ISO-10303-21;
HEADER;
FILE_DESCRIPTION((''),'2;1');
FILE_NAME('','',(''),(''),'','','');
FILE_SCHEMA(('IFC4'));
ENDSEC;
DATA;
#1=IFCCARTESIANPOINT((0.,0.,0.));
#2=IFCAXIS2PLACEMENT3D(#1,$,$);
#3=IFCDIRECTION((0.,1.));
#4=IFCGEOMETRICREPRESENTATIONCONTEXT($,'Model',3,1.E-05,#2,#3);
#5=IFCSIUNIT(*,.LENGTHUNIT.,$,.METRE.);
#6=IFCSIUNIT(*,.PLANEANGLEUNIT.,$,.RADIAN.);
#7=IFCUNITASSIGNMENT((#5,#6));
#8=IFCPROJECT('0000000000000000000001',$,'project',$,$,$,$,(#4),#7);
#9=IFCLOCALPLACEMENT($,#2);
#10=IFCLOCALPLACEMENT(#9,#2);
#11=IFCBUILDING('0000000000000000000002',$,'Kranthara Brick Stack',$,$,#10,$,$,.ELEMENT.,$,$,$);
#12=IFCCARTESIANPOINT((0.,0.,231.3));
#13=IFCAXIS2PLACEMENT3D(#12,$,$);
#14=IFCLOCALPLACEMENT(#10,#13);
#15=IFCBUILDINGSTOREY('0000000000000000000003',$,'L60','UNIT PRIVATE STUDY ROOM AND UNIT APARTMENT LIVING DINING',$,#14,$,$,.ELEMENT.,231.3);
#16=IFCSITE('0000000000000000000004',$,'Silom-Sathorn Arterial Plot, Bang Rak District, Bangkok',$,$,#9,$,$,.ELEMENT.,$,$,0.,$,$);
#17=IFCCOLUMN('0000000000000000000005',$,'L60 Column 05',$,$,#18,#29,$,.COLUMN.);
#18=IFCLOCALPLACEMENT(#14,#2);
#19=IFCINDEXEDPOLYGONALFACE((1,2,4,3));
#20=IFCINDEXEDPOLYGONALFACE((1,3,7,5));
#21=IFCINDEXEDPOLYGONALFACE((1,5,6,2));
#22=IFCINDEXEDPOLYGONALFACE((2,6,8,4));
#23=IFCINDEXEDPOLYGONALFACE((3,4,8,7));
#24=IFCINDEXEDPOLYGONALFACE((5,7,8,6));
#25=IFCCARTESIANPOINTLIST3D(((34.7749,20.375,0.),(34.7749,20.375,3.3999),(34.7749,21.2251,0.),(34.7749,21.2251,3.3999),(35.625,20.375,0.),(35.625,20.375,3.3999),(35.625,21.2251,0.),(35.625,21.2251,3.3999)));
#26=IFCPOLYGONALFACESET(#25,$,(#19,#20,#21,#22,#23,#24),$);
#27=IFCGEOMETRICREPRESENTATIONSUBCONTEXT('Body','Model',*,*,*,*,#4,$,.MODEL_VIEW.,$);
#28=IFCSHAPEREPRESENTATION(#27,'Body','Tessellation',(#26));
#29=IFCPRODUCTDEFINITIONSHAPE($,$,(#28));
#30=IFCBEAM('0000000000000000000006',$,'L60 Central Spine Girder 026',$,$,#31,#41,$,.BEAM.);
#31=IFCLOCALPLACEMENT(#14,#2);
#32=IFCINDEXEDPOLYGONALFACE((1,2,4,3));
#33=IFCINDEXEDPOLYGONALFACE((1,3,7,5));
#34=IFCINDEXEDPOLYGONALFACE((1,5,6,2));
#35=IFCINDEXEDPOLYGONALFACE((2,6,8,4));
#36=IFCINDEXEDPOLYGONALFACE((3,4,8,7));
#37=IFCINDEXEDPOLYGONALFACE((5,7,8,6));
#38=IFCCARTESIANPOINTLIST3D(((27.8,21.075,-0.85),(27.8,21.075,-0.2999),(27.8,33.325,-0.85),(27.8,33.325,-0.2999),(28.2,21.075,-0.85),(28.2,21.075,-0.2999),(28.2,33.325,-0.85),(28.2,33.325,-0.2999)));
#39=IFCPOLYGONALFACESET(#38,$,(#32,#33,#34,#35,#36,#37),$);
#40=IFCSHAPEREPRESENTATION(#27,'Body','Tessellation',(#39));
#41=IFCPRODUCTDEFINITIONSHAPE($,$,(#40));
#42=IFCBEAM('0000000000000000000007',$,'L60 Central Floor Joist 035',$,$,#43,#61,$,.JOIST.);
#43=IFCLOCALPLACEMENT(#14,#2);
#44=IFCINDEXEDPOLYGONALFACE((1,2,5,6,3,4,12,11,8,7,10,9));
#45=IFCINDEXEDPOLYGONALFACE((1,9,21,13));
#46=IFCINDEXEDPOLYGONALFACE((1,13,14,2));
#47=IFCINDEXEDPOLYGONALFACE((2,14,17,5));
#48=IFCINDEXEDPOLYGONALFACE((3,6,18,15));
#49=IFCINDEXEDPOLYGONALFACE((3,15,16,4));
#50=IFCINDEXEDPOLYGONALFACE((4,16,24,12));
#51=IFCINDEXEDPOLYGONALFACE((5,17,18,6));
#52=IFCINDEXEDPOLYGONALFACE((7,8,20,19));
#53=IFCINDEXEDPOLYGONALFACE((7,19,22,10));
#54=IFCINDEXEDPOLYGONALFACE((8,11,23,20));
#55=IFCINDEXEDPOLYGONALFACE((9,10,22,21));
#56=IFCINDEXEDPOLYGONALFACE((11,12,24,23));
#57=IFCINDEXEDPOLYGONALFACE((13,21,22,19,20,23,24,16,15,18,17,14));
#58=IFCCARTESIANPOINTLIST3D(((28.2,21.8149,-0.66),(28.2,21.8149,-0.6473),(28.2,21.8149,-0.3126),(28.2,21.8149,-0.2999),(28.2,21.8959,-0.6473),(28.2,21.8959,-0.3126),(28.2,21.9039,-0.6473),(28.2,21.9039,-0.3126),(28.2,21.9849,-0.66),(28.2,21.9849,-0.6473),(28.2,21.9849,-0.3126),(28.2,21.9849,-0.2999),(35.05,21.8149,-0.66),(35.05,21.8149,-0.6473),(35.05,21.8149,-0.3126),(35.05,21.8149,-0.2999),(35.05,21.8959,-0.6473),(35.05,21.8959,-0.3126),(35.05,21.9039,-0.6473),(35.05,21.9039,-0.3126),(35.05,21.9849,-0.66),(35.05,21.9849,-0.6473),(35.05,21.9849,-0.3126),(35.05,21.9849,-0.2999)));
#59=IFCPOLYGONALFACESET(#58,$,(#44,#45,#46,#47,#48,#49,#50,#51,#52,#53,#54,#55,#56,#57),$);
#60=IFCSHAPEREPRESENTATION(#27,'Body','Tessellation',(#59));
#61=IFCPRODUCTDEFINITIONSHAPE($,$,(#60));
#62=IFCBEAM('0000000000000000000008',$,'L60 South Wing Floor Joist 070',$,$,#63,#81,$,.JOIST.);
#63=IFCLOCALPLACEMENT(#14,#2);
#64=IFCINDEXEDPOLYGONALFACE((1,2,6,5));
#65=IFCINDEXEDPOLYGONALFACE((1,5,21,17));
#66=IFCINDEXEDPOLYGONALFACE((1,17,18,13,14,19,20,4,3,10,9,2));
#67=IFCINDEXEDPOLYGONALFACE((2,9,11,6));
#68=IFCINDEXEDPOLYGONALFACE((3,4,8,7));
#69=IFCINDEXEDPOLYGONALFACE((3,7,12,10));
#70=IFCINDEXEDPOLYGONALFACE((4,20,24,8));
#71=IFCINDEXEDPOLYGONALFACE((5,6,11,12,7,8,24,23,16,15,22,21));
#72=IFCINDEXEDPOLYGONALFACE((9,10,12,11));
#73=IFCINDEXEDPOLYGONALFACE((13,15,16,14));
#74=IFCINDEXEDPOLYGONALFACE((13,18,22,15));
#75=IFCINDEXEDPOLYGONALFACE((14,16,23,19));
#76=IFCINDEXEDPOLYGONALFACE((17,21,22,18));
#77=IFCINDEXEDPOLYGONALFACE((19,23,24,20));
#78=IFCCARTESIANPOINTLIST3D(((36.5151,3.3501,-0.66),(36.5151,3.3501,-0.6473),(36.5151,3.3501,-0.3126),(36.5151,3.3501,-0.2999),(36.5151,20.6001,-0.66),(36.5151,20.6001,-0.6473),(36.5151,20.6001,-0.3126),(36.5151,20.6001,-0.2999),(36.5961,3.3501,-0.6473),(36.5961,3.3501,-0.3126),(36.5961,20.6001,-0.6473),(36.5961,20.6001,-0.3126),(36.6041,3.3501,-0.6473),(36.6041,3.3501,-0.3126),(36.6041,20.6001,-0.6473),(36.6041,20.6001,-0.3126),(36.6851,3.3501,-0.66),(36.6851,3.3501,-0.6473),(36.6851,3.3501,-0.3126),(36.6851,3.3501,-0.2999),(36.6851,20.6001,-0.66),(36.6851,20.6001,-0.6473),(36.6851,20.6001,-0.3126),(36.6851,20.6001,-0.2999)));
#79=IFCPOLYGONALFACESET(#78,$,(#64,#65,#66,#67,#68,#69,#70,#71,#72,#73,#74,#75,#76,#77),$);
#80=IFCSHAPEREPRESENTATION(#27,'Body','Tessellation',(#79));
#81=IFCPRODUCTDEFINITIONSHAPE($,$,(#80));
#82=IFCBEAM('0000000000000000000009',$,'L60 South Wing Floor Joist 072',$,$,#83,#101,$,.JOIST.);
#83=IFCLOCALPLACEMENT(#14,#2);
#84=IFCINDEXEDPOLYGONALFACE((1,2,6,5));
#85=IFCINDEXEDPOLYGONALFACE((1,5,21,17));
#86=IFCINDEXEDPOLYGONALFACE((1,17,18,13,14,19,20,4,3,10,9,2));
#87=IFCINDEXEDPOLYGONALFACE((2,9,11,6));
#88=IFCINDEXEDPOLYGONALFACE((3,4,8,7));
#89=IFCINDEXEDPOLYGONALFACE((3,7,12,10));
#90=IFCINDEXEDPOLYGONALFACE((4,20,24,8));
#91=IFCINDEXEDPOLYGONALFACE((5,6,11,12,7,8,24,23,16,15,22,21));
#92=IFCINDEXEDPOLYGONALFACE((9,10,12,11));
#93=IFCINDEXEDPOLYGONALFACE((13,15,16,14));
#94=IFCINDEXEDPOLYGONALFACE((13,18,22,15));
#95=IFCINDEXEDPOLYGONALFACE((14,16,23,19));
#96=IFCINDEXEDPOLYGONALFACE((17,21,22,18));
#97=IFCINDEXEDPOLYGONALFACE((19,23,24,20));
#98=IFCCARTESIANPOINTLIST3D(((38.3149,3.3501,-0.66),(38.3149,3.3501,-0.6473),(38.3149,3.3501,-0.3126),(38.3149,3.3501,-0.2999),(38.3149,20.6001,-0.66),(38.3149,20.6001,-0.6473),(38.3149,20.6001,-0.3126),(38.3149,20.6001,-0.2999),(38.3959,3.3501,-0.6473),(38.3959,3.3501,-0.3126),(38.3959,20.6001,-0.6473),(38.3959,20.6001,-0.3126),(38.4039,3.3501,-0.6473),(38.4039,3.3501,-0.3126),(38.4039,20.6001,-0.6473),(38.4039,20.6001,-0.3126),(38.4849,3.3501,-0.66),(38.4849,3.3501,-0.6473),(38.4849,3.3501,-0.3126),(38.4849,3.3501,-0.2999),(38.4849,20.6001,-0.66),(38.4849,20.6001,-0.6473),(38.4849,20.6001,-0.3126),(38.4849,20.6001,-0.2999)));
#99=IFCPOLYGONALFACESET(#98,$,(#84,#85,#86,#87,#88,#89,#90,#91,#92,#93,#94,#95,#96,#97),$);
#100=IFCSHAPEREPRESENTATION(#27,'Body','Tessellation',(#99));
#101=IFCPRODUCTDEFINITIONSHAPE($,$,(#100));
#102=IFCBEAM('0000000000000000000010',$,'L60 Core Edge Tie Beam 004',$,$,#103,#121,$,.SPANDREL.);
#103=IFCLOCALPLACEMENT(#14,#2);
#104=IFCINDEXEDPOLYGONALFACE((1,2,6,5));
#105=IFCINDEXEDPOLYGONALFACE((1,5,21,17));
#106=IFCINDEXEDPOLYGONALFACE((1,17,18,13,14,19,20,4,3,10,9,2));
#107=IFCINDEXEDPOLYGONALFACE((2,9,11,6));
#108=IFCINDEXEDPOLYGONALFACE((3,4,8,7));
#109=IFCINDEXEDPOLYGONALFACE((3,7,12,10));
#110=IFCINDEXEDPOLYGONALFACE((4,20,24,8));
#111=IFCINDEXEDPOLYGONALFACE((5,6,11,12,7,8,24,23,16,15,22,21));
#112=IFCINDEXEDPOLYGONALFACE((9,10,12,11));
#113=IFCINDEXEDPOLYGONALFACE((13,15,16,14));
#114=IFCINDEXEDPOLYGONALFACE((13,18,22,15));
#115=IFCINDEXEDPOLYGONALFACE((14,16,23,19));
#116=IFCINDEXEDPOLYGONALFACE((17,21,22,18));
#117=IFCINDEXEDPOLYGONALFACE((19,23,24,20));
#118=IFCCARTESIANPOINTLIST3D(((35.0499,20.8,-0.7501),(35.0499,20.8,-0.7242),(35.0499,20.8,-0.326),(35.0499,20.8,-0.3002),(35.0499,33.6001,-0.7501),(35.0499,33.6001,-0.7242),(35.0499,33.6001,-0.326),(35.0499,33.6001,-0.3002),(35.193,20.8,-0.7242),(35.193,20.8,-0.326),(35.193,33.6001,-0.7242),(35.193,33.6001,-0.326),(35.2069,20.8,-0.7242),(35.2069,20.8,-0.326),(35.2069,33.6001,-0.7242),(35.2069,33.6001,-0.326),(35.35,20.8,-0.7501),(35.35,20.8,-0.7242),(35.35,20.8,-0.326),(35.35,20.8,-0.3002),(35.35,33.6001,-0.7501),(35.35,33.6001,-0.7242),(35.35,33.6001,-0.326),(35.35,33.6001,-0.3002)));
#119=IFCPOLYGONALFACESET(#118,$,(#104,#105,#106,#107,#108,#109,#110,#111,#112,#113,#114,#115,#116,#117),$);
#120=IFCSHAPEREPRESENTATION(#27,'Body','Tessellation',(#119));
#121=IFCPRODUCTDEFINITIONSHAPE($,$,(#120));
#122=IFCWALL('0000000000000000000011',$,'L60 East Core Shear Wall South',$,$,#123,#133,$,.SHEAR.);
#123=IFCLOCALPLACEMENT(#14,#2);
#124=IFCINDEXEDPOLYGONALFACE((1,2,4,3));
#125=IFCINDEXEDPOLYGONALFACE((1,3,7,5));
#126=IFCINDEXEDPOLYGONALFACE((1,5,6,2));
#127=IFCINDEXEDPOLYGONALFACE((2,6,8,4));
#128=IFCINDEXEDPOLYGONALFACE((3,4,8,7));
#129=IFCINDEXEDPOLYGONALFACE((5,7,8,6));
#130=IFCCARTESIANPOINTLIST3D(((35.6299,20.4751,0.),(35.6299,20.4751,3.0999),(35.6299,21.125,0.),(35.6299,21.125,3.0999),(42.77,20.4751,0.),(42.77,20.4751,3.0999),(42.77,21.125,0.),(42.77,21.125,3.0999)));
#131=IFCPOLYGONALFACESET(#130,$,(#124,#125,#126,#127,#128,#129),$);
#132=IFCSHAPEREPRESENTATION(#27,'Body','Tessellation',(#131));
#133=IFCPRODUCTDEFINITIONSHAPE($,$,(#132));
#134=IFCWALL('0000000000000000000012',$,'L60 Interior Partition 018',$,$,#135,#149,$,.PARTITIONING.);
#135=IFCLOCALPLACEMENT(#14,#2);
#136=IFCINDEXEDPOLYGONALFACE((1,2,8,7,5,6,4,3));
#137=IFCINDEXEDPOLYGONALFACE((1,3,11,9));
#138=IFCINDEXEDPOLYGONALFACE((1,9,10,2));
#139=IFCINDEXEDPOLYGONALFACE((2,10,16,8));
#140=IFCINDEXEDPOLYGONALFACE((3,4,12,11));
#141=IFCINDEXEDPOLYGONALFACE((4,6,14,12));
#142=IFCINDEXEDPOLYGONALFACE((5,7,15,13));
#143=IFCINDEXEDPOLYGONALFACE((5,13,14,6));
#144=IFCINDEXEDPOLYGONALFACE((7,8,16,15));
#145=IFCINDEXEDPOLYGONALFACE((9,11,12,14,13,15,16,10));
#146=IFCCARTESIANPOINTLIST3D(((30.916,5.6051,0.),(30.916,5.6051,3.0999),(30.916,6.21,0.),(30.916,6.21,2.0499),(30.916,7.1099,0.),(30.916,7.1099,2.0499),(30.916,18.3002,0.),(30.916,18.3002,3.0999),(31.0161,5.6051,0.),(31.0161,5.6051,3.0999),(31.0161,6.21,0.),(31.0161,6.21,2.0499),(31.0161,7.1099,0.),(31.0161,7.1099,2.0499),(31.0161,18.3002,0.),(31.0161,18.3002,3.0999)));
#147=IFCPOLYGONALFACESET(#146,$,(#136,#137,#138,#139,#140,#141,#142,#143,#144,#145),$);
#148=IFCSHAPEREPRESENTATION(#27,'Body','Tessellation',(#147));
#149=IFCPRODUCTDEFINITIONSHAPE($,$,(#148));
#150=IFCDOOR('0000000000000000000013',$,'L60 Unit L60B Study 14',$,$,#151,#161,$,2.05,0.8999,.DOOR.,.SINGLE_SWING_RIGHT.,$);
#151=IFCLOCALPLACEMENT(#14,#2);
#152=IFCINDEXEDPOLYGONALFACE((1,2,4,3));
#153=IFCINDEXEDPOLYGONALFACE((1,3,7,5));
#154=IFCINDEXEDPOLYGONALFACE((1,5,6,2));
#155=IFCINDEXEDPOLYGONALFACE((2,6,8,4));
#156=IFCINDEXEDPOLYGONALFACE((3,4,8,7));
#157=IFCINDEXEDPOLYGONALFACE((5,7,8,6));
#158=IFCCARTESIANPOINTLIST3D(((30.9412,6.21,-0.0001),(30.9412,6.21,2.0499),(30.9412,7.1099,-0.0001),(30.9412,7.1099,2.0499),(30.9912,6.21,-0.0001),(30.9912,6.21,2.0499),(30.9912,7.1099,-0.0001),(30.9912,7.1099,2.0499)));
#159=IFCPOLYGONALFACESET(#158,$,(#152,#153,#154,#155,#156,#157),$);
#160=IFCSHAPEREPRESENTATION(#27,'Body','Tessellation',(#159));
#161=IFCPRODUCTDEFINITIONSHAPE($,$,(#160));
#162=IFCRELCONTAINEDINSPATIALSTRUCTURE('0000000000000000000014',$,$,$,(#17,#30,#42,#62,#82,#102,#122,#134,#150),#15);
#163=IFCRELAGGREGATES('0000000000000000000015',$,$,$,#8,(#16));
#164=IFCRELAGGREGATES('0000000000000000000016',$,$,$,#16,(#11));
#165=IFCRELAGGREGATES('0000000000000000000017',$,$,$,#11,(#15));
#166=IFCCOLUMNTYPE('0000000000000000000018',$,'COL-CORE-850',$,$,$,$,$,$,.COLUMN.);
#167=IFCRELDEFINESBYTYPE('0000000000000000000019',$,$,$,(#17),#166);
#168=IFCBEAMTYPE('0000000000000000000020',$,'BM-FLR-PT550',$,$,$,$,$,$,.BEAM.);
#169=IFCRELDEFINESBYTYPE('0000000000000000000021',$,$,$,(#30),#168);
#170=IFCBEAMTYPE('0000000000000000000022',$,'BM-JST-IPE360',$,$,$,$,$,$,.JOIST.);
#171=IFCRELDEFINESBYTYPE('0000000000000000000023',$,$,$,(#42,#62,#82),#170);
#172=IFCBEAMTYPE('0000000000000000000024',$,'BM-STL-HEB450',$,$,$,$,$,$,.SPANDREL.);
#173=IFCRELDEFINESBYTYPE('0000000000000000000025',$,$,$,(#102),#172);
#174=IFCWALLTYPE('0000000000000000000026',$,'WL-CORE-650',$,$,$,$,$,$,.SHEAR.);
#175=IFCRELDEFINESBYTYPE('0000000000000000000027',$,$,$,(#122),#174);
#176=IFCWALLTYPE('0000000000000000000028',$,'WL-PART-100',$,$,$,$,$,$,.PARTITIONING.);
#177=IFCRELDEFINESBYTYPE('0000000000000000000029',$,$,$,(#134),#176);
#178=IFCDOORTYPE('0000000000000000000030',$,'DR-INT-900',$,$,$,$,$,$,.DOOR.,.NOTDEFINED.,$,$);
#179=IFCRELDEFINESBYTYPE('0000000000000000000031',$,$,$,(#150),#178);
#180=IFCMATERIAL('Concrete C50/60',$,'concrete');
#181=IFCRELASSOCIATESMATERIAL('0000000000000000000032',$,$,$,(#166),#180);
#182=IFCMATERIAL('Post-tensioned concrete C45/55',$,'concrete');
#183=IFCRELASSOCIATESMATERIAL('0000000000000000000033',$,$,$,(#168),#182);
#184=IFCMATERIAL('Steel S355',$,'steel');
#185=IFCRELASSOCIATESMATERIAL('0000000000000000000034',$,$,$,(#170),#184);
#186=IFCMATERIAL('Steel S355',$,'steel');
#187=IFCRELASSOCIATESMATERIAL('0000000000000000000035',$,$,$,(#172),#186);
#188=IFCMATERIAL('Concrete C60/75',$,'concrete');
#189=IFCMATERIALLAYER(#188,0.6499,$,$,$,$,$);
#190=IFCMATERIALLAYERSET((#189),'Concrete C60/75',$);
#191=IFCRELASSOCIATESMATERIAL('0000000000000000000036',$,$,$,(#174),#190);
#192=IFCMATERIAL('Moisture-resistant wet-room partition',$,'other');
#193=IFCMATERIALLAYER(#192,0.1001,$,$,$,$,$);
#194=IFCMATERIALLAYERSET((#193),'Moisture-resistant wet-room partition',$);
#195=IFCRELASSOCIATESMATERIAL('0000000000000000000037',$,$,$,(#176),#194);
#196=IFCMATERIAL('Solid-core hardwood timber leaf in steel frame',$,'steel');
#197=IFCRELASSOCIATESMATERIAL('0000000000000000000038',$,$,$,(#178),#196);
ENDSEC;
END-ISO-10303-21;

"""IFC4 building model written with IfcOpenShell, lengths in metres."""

from ifc_helpers import new_model, si_unit, direction, frame, frame_2d, origin, origin_2d, place, context, subcontext, project, spatial, rectangle, i_section, extrude, material, layer, layer_set, material_profile, profile_set, type_object, element, fill, save


model = new_model("IFC4")

# Units and contexts
model_context = context("Model", 3, precision=1e-05, world=origin(), true_north=direction((0.0, 1.0)))
body_context = subcontext(model_context, "Body", "Model", "MODEL_VIEW")
ifc_project = project(units=[si_unit("LENGTHUNIT", "METRE"), si_unit("PLANEANGLEUNIT", "RADIAN")], contexts=[model_context])

# Site, building, storey
site_placement = place(None, origin())
site = spatial("IfcSite", under=ifc_project, at=site_placement, Name="Silom-Sathorn Arterial Plot, Bang Rak District, Bangkok", CompositionType="ELEMENT", RefElevation=0.0)
building_placement = place(site_placement, origin())
building = spatial("IfcBuilding", under=site, at=building_placement, Name="Kranthara Brick Stack", CompositionType="ELEMENT")
storey_placement = place(building_placement, frame((0.0, 0.0, 231.3)))
storey = spatial("IfcBuildingStorey", under=building, at=storey_placement, Name="L60", Description="UNIT PRIVATE STUDY ROOM AND UNIT APARTMENT LIVING DINING", CompositionType="ELEMENT", Elevation=231.3)

# Column
ifc_material_1 = material(Name="Concrete C50/60", Category="concrete")
ifc_material_profile_1 = material_profile(ifc_material_1, rectangle(XDim=0.8501, YDim=0.8501, at=origin_2d()), Name="RC 850x850")
ifc_profile_set_1 = profile_set([ifc_material_profile_1], Name="Concrete C50/60")
column_type = type_object("IfcColumnType", Name="COL-CORE-850", PredefinedType="COLUMN", material=ifc_profile_set_1)
column_placement = place(storey_placement, frame((35.2, 20.8, 0.0), z_axis=(0.0, 0.0, 1.0), x_axis=(1.0, 0.0, 0.0)))
element("IfcColumn", 1, at=column_placement, inside=storey, type_object=column_type, Name="L60 Column 05", PredefinedType="COLUMN", context=body_context, shape_type="SweptSolid", body=[
    extrude(rectangle(XDim=0.8501, YDim=0.8501, at=origin_2d()), origin(), (0.0, 0.0, 1.0), 3.3999),
])

# Beams
ifc_material_2 = material(Name="Post-tensioned concrete C45/55", Category="concrete")
ifc_material_profile_2 = material_profile(ifc_material_2, rectangle(XDim=0.3999, YDim=0.55, at=origin_2d()), Name="PT 400x550")
ifc_profile_set_2 = profile_set([ifc_material_profile_2], Name="Post-tensioned concrete C45/55")
beam_type_1 = type_object("IfcBeamType", Name="BM-FLR-PT550", PredefinedType="BEAM", material=ifc_profile_set_2)
beam_1_placement = place(storey_placement, frame((28.0, 21.075, -0.575), z_axis=(0.0, 1.0, 0.0), x_axis=(-1.0, 0.0, 0.0)))
element("IfcBeam", 2, at=beam_1_placement, inside=storey, type_object=beam_type_1, Name="L60 Central Spine Girder 026", PredefinedType="BEAM", context=body_context, shape_type="SweptSolid", body=[
    extrude(rectangle(XDim=0.3999, YDim=0.55, at=origin_2d()), origin(), (0.0, 0.0, 1.0), 12.25),
])
ifc_material_3 = material(Name="Steel S355", Category="steel")
ifc_material_profile_3 = material_profile(ifc_material_3, i_section(OverallWidth=0.1699, OverallDepth=0.3601, WebThickness=0.0081, FlangeThickness=0.0127, at=origin_2d()), Name="IPE 360")
ifc_profile_set_3 = profile_set([ifc_material_profile_3], Name="Steel S355")
beam_type_2 = type_object("IfcBeamType", Name="BM-JST-IPE360", PredefinedType="JOIST", material=ifc_profile_set_3)
beam_2_placement = place(storey_placement, frame((28.2, 21.8999, -0.48), z_axis=(1.0, 0.0, 0.0), x_axis=(0.0, 1.0, 0.0)))
element("IfcBeam", 3, at=beam_2_placement, inside=storey, type_object=beam_type_2, Name="L60 Central Floor Joist 035", PredefinedType="JOIST", context=body_context, shape_type="SweptSolid", body=[
    extrude(i_section(OverallWidth=0.1699, OverallDepth=0.3601, WebThickness=0.0081, FlangeThickness=0.0127, at=origin_2d()), origin(), (0.0, 0.0, 1.0), 6.8501),
])
for number, where, z_axis, x_axis, name in (
    (4, (36.6001, 3.3501, -0.48), (0.0, 1.0, 0.0), (-1.0, 0.0, 0.0), "L60 South Wing Floor Joist 070"),
    (5, (38.3999, 3.3501, -0.48), (0.0, 1.0, 0.0), (-1.0, 0.0, 0.0), "L60 South Wing Floor Joist 072"),
):
    element("IfcBeam", number, at=place(storey_placement, frame(where, z_axis=z_axis, x_axis=x_axis)), inside=storey, type_object=beam_type_2, Name=name, PredefinedType="JOIST", context=body_context, shape_type="SweptSolid", body=[
        extrude(i_section(OverallWidth=0.1699, OverallDepth=0.3601, WebThickness=0.0081, FlangeThickness=0.0127, at=origin_2d()), origin(), (0.0, 0.0, 1.0), 17.25),
    ])
ifc_material_4 = material(Name="Steel S355", Category="steel")
ifc_material_profile_4 = material_profile(ifc_material_4, i_section(OverallWidth=0.3, OverallDepth=0.45, WebThickness=0.0139, FlangeThickness=0.0259, at=origin_2d()), Name="HEB 450")
ifc_profile_set_4 = profile_set([ifc_material_profile_4], Name="Steel S355")
beam_type_3 = type_object("IfcBeamType", Name="BM-STL-HEB450", PredefinedType="SPANDREL", material=ifc_profile_set_4)
beam_3_placement = place(storey_placement, frame((35.2, 20.8, -0.5251), z_axis=(0.0, 1.0, 0.0), x_axis=(-1.0, 0.0, 0.0)))
element("IfcBeam", 6, at=beam_3_placement, inside=storey, type_object=beam_type_3, Name="L60 Core Edge Tie Beam 004", PredefinedType="SPANDREL", context=body_context, shape_type="SweptSolid", body=[
    extrude(i_section(OverallWidth=0.3, OverallDepth=0.45, WebThickness=0.0139, FlangeThickness=0.0259, at=origin_2d()), origin(), (0.0, 0.0, 1.0), 12.8),
])

# Wall
ifc_material_5 = material(Name="Concrete C60/75", Category="concrete")
ifc_layer_1 = layer(ifc_material_5, 0.6499)
ifc_layer_set_1 = layer_set([ifc_layer_1], Name="Concrete C60/75")
wall_type_1 = type_object("IfcWallType", Name="WL-CORE-650", PredefinedType="SHEAR", material=ifc_layer_set_1)
wall_1_placement = place(storey_placement, frame((35.6299, 20.8, 0.0), z_axis=(0.0, 0.0, 1.0), x_axis=(1.0, 0.0, 0.0)))
element("IfcWall", 7, at=wall_1_placement, inside=storey, type_object=wall_type_1, Name="L60 East Core Shear Wall South", PredefinedType="SHEAR", context=body_context, shape_type="SweptSolid", body=[
    extrude(rectangle(XDim=7.1401, YDim=0.6499, at=frame_2d((3.5701, 0.0))), origin(), (0.0, 0.0, 1.0), 3.0999),
])

# Wall, opening, door
ifc_material_6 = material(Name="Moisture-resistant wet-room partition", Category="other")
ifc_layer_2 = layer(ifc_material_6, 0.1001)
ifc_layer_set_2 = layer_set([ifc_layer_2], Name="Moisture-resistant wet-room partition")
wall_type_2 = type_object("IfcWallType", Name="WL-PART-100", PredefinedType="PARTITIONING", material=ifc_layer_set_2)
wall_2_placement = place(storey_placement, frame((30.9661, 5.605, 0.0), z_axis=(0.0, 0.0, 1.0), x_axis=(0.0, 1.0, 0.0)))
wall_2 = element("IfcWall", 8, at=wall_2_placement, inside=storey, type_object=wall_type_2, Name="L60 Interior Partition 018", PredefinedType="PARTITIONING", context=body_context, shape_type="SweptSolid", body=[
    extrude(rectangle(XDim=12.6951, YDim=0.1001, at=frame_2d((6.3477, 0.0))), origin(), (0.0, 0.0, 1.0), 3.0999),
])
opening_1_placement = place(wall_2_placement, frame((0.605, 0.0, 0.0)))
opening_1 = element("IfcOpeningElement", 9, at=opening_1_placement, cuts=wall_2, PredefinedType="OPENING", context=body_context, shape_type="SweptSolid", body=[
    extrude(rectangle(XDim=0.8999, YDim=2.05, at=frame_2d((0.45, 1.0249))), frame((0.0, 0.0601, 0.0), z_axis=(0.0, -1.0, 0.0), x_axis=(1.0, 0.0, 0.0)), (0.0, 0.0, 1.0), 0.1201),
])
ifc_material_7 = material(Name="Solid-core hardwood timber leaf in steel frame", Category="steel")
door_type_1 = type_object("IfcDoorType", Name="DR-INT-900", OperationType="NOTDEFINED", PredefinedType="DOOR", material=ifc_material_7)
door_1_placement = place(opening_1_placement, origin())
door_1 = element("IfcDoor", 10, at=door_1_placement, inside=storey, type_object=door_type_1, Name="L60 Unit L60B Study 14", OperationType="SINGLE_SWING_RIGHT", OverallHeight=2.05, OverallWidth=0.8999, PredefinedType="DOOR", context=body_context, shape_type="SweptSolid", body=[
    extrude(rectangle(XDim=0.8999, YDim=2.05, at=frame_2d((0.45, 1.0249))), frame((0.0, 0.0249, 0.0), z_axis=(0.0, -1.0, 0.0), x_axis=(1.0, 0.0, 0.0)), (0.0, 0.0, 1.0), 0.05),
])
fill(opening_1, door_1)

save(model, "model.ifc")
